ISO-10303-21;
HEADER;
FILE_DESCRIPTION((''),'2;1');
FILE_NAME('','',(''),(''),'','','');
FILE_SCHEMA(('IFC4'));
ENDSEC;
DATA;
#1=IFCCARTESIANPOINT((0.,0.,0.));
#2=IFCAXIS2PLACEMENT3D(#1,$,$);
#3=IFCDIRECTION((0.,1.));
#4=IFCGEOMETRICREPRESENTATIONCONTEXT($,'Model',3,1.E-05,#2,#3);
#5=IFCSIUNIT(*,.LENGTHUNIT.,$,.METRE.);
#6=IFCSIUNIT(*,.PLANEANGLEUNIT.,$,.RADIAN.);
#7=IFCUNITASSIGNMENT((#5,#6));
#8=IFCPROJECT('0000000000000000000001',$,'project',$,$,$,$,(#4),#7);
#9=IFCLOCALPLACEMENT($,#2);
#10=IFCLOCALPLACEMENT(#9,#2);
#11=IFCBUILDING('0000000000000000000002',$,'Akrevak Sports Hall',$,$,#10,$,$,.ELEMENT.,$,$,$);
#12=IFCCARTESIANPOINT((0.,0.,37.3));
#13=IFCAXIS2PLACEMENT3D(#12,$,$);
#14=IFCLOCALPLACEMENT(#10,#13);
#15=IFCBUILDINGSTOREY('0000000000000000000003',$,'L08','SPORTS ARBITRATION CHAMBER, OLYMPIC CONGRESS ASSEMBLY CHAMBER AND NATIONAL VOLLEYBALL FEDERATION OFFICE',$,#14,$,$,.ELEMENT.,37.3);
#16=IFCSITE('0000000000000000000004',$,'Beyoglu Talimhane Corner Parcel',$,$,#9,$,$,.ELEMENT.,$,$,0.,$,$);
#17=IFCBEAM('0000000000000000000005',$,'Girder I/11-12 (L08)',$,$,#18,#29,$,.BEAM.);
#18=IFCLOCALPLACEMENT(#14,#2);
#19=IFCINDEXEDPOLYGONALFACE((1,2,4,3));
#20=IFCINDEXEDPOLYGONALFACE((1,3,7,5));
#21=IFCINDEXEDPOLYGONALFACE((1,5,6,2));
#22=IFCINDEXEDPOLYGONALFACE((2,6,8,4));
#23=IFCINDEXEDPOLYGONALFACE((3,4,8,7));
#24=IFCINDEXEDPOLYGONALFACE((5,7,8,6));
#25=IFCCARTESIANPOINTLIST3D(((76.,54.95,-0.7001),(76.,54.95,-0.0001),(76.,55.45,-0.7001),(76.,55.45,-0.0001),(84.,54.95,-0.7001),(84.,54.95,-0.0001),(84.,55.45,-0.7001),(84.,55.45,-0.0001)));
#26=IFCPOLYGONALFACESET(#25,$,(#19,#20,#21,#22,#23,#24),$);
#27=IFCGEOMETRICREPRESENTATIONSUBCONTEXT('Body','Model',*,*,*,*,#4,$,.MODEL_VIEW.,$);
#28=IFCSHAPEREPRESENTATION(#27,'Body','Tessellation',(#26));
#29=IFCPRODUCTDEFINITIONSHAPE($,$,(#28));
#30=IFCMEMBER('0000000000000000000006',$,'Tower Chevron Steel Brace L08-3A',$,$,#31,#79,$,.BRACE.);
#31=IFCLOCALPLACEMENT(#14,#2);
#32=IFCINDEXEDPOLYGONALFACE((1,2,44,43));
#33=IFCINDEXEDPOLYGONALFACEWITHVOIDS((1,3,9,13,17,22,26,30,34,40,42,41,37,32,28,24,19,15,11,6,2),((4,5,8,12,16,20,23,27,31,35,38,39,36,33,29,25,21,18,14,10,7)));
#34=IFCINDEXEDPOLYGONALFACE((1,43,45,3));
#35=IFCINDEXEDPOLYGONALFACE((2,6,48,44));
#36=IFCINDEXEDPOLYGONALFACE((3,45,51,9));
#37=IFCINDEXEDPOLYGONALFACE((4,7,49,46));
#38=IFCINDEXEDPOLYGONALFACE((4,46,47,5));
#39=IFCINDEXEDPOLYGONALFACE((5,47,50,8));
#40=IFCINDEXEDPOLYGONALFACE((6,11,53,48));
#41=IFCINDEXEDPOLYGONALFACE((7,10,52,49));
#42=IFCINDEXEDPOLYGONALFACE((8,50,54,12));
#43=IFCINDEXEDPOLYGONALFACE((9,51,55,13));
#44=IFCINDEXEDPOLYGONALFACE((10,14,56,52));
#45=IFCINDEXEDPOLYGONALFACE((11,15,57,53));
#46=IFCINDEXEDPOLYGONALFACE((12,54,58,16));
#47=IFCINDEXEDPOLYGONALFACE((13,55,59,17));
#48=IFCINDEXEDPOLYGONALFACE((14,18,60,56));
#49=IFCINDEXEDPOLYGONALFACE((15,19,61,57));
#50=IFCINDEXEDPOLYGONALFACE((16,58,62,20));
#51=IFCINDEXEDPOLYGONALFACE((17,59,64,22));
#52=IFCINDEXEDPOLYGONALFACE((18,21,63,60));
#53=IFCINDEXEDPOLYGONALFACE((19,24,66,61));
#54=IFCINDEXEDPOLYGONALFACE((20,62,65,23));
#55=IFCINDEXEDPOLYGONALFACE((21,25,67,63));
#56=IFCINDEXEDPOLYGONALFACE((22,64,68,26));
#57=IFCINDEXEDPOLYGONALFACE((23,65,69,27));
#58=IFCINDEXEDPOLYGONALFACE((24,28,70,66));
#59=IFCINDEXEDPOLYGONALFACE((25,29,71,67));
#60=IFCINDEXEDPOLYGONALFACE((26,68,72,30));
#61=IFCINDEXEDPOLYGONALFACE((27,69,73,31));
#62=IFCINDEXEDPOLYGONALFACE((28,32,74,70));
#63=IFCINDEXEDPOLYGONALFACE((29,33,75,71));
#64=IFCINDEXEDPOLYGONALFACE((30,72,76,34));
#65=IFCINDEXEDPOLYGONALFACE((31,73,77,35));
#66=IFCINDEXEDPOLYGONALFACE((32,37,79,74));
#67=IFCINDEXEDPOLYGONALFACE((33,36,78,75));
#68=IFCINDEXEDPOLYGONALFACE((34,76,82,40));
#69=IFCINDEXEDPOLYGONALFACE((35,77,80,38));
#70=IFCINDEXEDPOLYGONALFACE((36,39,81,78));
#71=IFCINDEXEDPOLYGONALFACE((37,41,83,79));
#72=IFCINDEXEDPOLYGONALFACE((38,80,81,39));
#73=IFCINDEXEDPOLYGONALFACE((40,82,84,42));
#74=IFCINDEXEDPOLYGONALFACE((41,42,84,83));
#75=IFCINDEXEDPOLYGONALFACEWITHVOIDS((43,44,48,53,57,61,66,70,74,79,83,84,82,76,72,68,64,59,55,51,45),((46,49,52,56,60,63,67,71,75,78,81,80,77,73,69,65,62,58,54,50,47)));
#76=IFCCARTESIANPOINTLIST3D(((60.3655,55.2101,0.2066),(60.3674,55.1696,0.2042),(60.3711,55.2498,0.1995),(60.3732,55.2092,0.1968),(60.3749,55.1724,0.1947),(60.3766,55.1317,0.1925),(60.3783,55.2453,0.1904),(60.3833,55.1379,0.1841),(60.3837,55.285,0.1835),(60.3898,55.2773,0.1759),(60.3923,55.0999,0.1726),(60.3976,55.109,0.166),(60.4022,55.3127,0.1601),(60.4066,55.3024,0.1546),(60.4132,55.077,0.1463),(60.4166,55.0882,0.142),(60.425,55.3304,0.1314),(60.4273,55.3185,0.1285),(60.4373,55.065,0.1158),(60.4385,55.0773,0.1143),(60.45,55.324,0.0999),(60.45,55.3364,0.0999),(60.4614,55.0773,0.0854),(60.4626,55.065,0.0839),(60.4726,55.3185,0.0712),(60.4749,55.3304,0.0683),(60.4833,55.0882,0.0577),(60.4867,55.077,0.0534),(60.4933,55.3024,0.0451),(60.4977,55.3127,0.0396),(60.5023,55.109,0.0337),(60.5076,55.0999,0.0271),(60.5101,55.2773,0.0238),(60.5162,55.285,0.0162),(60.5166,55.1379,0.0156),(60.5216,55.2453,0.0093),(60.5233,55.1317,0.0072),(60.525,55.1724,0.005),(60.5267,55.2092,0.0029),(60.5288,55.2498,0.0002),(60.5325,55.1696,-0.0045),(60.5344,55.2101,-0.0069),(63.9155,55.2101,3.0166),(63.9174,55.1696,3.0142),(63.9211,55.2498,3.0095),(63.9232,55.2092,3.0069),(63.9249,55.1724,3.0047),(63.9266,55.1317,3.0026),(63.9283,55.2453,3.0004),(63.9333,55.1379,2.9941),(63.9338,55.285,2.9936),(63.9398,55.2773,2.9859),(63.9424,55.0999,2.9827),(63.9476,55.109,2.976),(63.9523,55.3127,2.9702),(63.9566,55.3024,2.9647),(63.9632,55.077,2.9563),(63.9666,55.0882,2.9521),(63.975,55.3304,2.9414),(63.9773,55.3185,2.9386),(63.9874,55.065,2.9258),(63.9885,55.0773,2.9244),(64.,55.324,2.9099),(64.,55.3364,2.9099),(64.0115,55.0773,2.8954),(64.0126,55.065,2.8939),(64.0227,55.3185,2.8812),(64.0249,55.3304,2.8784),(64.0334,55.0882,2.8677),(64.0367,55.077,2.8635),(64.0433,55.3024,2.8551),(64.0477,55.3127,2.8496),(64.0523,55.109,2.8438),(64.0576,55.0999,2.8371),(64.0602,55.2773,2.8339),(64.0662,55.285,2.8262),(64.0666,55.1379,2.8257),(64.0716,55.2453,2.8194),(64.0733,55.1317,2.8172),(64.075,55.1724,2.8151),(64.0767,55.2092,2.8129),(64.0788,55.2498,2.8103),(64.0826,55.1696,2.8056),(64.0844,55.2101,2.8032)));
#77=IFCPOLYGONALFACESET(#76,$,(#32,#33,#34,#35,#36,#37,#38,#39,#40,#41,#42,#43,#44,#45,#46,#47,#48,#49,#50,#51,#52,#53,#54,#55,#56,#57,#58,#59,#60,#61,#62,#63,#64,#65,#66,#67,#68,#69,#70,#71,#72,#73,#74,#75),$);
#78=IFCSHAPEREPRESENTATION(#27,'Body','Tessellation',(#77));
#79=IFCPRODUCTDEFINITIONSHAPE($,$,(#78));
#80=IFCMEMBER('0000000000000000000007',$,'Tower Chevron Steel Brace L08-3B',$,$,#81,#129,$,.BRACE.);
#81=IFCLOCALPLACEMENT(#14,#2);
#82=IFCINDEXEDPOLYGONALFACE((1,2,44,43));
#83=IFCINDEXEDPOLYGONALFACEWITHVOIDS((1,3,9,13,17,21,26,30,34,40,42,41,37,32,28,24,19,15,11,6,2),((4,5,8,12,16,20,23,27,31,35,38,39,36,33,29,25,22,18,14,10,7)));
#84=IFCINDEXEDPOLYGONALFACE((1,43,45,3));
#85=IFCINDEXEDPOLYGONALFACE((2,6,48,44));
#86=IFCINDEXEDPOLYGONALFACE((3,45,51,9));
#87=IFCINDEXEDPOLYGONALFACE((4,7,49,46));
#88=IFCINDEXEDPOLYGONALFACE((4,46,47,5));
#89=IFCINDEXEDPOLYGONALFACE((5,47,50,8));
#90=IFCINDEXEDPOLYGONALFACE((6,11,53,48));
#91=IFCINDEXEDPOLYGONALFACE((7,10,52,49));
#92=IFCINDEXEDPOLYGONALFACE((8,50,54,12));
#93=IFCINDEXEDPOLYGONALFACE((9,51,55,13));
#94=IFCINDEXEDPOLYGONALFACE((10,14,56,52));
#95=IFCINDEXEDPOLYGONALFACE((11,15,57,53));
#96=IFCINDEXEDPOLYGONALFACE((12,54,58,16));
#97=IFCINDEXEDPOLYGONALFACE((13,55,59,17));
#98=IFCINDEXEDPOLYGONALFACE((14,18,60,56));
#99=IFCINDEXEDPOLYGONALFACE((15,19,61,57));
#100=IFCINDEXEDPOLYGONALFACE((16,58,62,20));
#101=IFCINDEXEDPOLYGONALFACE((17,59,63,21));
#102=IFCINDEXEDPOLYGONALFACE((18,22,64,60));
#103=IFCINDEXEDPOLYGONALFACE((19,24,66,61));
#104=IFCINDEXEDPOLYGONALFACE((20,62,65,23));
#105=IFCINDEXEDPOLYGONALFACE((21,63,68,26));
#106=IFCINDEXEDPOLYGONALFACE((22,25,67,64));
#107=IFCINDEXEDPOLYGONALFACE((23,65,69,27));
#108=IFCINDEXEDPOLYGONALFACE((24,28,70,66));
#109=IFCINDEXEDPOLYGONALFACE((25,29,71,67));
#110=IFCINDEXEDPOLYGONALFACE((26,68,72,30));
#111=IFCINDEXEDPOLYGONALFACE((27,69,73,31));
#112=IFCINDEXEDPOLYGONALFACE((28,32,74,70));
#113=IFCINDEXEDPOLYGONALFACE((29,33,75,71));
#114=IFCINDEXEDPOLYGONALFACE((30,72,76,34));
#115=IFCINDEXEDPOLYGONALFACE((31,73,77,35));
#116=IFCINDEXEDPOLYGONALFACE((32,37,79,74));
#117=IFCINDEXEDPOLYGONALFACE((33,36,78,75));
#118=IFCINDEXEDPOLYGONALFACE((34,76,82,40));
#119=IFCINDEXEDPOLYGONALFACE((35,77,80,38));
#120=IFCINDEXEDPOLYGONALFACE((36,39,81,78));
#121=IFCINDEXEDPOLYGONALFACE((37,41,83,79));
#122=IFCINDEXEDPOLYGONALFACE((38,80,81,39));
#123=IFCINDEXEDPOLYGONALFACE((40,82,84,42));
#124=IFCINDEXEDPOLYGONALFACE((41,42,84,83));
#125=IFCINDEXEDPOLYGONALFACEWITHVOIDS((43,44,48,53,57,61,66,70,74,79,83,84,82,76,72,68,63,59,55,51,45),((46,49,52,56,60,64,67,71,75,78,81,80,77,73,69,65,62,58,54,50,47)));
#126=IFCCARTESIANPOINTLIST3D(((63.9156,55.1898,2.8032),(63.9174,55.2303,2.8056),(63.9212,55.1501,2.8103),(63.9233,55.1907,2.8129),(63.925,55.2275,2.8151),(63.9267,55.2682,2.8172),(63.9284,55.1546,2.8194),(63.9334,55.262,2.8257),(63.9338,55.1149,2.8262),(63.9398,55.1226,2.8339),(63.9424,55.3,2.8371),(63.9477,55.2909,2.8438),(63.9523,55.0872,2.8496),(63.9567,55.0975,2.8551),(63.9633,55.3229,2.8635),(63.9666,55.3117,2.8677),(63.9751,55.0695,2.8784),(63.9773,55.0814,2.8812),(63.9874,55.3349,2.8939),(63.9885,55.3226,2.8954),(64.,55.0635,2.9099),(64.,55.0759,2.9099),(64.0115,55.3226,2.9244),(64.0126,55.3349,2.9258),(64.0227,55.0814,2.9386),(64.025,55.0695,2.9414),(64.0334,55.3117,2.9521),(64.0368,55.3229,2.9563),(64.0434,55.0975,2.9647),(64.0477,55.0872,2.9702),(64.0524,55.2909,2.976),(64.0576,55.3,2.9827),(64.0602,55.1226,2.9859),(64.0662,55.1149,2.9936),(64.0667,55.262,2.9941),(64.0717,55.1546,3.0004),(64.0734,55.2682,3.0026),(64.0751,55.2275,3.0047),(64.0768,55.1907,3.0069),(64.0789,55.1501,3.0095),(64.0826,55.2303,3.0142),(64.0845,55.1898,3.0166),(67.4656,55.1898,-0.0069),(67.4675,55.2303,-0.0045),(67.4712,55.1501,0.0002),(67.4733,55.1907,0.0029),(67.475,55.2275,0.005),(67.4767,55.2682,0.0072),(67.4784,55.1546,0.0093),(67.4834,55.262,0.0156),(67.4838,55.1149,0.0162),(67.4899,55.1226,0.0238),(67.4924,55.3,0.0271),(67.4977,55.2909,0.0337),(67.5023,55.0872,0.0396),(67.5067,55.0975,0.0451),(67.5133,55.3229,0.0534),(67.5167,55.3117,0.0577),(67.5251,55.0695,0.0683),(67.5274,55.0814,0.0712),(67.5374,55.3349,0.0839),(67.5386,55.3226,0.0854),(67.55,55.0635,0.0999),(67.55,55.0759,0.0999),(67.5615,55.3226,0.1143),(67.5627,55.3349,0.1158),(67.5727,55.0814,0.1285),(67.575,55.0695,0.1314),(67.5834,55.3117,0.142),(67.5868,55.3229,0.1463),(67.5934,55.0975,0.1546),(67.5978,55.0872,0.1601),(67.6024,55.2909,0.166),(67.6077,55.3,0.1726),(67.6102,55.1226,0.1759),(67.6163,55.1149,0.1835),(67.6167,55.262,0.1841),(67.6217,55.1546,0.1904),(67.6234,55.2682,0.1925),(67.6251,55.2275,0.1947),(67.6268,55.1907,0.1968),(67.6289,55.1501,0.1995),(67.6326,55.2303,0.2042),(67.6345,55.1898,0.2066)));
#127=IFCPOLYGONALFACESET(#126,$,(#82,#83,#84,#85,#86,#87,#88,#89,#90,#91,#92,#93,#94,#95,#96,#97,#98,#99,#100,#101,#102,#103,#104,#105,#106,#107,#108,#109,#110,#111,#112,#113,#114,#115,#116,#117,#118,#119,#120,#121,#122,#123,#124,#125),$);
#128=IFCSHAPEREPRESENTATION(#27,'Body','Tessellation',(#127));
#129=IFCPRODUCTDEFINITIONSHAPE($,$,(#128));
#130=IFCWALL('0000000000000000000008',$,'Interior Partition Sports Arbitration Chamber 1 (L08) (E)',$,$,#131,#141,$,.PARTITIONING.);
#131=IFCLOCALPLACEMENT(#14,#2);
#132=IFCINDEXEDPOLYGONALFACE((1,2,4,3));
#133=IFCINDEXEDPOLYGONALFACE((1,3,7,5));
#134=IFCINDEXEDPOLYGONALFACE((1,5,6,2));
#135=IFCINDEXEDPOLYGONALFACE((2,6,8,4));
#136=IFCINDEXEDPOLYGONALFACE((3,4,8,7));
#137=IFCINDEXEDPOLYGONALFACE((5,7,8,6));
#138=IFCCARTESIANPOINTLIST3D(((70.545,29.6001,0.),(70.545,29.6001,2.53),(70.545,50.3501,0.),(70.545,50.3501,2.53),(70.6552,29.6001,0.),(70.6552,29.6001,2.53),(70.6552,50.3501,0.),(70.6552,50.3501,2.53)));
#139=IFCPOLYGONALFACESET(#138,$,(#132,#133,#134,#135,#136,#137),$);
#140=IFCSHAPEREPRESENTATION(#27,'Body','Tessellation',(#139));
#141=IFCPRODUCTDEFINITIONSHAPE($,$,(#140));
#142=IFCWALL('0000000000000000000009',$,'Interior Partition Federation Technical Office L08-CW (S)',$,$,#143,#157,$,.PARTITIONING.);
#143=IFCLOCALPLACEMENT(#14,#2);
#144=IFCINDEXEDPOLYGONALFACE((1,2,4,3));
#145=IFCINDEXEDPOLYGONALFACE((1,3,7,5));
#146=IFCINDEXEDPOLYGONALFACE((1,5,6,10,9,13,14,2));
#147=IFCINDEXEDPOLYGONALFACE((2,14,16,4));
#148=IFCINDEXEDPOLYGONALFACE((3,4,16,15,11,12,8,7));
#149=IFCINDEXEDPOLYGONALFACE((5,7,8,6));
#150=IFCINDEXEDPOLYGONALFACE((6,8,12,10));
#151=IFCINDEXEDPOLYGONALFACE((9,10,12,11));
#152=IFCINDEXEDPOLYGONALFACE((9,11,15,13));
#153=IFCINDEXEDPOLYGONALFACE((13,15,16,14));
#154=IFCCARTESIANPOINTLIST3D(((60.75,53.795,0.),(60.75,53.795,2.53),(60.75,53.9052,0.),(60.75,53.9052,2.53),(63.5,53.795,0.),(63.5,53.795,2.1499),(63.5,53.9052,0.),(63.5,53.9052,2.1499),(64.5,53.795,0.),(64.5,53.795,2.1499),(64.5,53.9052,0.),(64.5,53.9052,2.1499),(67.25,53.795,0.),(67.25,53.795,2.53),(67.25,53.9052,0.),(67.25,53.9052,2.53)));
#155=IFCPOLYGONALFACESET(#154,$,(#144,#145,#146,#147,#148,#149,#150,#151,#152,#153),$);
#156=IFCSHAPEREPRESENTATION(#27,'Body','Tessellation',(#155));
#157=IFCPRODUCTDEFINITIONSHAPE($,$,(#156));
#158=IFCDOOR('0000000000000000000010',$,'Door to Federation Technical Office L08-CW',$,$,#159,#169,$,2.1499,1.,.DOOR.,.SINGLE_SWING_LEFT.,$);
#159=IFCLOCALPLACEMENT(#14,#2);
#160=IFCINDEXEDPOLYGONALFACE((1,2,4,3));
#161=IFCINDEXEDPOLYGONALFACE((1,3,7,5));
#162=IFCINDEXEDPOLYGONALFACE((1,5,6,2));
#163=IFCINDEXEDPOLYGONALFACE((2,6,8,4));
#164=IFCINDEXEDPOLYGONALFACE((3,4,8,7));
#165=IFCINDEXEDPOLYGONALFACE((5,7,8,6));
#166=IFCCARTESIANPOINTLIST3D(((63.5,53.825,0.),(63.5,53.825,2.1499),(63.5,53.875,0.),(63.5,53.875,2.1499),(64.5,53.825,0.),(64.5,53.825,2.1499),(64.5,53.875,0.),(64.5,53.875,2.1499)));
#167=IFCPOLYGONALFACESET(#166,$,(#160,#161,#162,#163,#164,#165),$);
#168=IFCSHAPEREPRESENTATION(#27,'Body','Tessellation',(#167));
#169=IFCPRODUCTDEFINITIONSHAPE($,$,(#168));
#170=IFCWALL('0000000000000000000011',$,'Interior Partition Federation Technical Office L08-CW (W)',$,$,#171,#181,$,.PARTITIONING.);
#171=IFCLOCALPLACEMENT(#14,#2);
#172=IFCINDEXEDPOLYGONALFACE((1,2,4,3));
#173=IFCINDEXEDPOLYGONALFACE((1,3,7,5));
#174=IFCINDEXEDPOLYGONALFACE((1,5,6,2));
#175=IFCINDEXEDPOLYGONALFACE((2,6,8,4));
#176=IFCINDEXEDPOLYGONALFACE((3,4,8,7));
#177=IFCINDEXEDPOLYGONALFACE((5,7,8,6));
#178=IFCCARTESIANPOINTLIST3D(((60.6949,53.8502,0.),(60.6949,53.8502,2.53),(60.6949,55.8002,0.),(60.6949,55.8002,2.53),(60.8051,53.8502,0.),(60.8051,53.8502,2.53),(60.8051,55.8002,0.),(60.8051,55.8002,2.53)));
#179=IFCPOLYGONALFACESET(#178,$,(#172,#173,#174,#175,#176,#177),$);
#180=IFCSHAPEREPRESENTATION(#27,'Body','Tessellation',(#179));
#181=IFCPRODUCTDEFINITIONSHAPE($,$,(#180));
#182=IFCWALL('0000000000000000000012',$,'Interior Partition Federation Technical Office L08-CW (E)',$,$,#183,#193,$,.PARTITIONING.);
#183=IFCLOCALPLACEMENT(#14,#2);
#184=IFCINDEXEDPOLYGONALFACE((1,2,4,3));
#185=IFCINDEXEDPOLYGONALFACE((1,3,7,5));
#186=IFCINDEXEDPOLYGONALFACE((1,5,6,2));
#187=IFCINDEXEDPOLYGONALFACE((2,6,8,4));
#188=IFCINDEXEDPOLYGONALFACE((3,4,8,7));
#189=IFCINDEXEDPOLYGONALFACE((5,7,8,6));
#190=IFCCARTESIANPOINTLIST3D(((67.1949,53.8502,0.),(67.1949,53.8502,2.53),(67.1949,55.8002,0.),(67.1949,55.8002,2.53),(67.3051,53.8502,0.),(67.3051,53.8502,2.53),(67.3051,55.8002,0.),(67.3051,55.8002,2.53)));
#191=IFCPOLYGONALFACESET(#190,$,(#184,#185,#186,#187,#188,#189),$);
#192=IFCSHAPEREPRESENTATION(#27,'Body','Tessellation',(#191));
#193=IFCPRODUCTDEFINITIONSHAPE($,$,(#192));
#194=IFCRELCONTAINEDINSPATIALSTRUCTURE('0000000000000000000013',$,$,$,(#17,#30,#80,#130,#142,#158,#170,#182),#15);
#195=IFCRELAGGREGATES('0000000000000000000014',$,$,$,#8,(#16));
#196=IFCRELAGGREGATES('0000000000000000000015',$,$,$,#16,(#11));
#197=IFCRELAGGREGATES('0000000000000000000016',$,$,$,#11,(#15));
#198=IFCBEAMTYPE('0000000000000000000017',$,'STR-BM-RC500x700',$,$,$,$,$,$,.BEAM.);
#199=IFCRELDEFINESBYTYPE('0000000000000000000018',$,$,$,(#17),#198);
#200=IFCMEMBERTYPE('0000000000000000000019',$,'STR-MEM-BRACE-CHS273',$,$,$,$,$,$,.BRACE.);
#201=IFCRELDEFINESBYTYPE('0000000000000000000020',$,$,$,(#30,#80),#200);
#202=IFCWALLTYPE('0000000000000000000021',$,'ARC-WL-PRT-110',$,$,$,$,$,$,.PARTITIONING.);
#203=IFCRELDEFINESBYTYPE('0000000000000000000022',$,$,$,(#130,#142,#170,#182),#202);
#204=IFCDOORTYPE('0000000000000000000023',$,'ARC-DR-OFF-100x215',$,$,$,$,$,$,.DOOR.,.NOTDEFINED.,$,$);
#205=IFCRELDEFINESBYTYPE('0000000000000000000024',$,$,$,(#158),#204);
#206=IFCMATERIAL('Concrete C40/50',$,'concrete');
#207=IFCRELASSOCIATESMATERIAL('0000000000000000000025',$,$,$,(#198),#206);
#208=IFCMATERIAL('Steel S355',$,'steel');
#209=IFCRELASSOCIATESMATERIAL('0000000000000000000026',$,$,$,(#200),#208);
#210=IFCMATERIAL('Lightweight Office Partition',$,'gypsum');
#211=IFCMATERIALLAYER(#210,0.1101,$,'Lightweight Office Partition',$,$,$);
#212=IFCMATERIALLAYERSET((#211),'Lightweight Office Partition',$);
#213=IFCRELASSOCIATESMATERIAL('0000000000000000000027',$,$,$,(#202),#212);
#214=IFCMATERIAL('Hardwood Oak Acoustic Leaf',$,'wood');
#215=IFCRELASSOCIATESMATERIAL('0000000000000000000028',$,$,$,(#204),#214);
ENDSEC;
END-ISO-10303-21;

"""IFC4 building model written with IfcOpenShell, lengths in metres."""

from ifc_helpers import new_model, si_unit, direction, frame, frame_2d, origin, origin_2d, place, context, subcontext, project, spatial, rectangle, hollow_circle, extrude, material, layer, layer_set, material_profile, profile_set, type_object, element, fill, save


model = new_model("IFC4")

# Units and contexts
model_context = context("Model", 3, precision=1e-05, world=origin(), true_north=direction((0.0, 1.0)))
body_context = subcontext(model_context, "Body", "Model", "MODEL_VIEW")
ifc_project = project(units=[si_unit("LENGTHUNIT", "METRE"), si_unit("PLANEANGLEUNIT", "RADIAN")], contexts=[model_context])

# Site, building, storey
site_placement = place(None, origin())
site = spatial("IfcSite", under=ifc_project, at=site_placement, Name="Beyoglu Talimhane Corner Parcel", CompositionType="ELEMENT", RefElevation=0.0)
building_placement = place(site_placement, origin())
building = spatial("IfcBuilding", under=site, at=building_placement, Name="Akrevak Sports Hall", CompositionType="ELEMENT")
storey_placement = place(building_placement, frame((0.0, 0.0, 37.3)))
storey = spatial("IfcBuildingStorey", under=building, at=storey_placement, Name="L08", Description="SPORTS ARBITRATION CHAMBER, OLYMPIC CONGRESS ASSEMBLY CHAMBER AND NATIONAL VOLLEYBALL FEDERATION OFFICE", CompositionType="ELEMENT", Elevation=37.3)

# Shared definitions
ifc_material_1 = material(Name="Concrete C40/50", Category="concrete")

# Beam
ifc_material_profile_1 = material_profile(ifc_material_1, rectangle(XDim=0.5, YDim=0.7, at=origin_2d()), Name="BM 500x700", Category="concrete")
ifc_profile_set_1 = profile_set([ifc_material_profile_1], Name="Concrete C40/50")
beam_type_1 = type_object("IfcBeamType", Name="STR-BM-RC500x700", PredefinedType="BEAM", material=ifc_profile_set_1)
for number, where, z_axis, x_axis, name in (
    (1, (76.0, 55.2, -0.3501), (1.0, 0.0, 0.0), (0.0, 1.0, 0.0), "Girder I/11-12 (L08)"),
):
    element("IfcBeam", number, at=place(storey_placement, frame(where, z_axis=z_axis, x_axis=x_axis)), inside=storey, type_object=beam_type_1, Name=name, PredefinedType="BEAM", context=body_context, shape_type="SweptSolid", body=[
        extrude(rectangle(XDim=0.5, YDim=0.7, at=origin_2d()), origin(), (0.0, 0.0, 1.0), 8.0),
    ])

# Members
ifc_material_2 = material(Name="Steel S355", Category="steel")
ifc_material_profile_2 = material_profile(ifc_material_2, hollow_circle(Radius=0.1365, WallThickness=0.0125, at=origin_2d()), Name="CHS 273x12.5", Category="steel")
ifc_profile_set_2 = profile_set([ifc_material_profile_2], Name="Steel S355")
member_type_1 = type_object("IfcMemberType", Name="STR-MEM-BRACE-CHS273", PredefinedType="BRACE", material=ifc_profile_set_2)
for number, where, z_axis, x_axis, name in (
    (2, (60.45, 55.2, 0.0999), (0.784088, 0.0, 0.620649), (0.0, 1.0, 0.0), "Tower Chevron Steel Brace L08-3A"),
    (3, (67.55, 55.2, 0.0999), (-0.784088, 0.0, 0.620649), (0.0, -1.0, 0.0), "Tower Chevron Steel Brace L08-3B"),
):
    element("IfcMember", number, at=place(storey_placement, frame(where, z_axis=z_axis, x_axis=x_axis)), inside=storey, type_object=member_type_1, Name=name, PredefinedType="BRACE", context=body_context, shape_type="SweptSolid", body=[
        extrude(hollow_circle(Radius=0.1365, WallThickness=0.0125, at=origin_2d()), origin(), (0.0, 0.0, 1.0), 4.5276),
    ])

# Wall
ifc_material_3 = material(Name="Lightweight Office Partition", Category="gypsum")
ifc_layer_1 = layer(ifc_material_3, 0.1101, Name="Lightweight Office Partition")
ifc_layer_set_1 = layer_set([ifc_layer_1], Name="Lightweight Office Partition")
wall_type_1 = type_object("IfcWallType", Name="ARC-WL-PRT-110", PredefinedType="PARTITIONING", material=ifc_layer_set_1)
wall_1_placement = place(storey_placement, frame((70.6001, 29.6001, 0.0), z_axis=(0.0, 0.0, 1.0), x_axis=(0.0, 1.0, 0.0)))
element("IfcWall", 4, at=wall_1_placement, inside=storey, type_object=wall_type_1, Name="Interior Partition Sports Arbitration Chamber 1 (L08) (E)", PredefinedType="PARTITIONING", context=body_context, shape_type="SweptSolid", body=[
    extrude(rectangle(XDim=20.75, YDim=0.1101, at=frame_2d((10.375, 0.0))), origin(), (0.0, 0.0, 1.0), 2.53),
])

# Wall, opening, door
wall_2_placement = place(storey_placement, frame((60.75, 53.8501, 0.0), z_axis=(0.0, 0.0, 1.0), x_axis=(1.0, 0.0, 0.0)))
wall_2 = element("IfcWall", 5, at=wall_2_placement, inside=storey, type_object=wall_type_1, Name="Interior Partition Federation Technical Office L08-CW (S)", PredefinedType="PARTITIONING", context=body_context, shape_type="SweptSolid", body=[
    extrude(rectangle(XDim=6.5, YDim=0.1101, at=frame_2d((3.25, 0.0))), origin(), (0.0, 0.0, 1.0), 2.53),
])
opening_1_placement = place(wall_2_placement, frame((2.75, 0.0, 0.0)))
opening_1 = element("IfcOpeningElement", 6, at=opening_1_placement, cuts=wall_2, PredefinedType="OPENING", context=body_context, shape_type="SweptSolid", body=[
    extrude(rectangle(XDim=1.0, YDim=2.1499, at=frame_2d((0.5, 1.075))), frame((0.0, 0.0669, 0.0), z_axis=(0.0, -1.0, 0.0), x_axis=(1.0, 0.0, 0.0)), (0.0, 0.0, 1.0), 0.134),
])
ifc_material_4 = material(Name="Hardwood Oak Acoustic Leaf", Category="wood")
door_type_1 = type_object("IfcDoorType", Name="ARC-DR-OFF-100x215", OperationType="NOTDEFINED", PredefinedType="DOOR", material=ifc_material_4)
door_1_placement = place(opening_1_placement, origin())
door_1 = element("IfcDoor", 7, at=door_1_placement, inside=storey, type_object=door_type_1, Name="Door to Federation Technical Office L08-CW", OperationType="SINGLE_SWING_LEFT", OverallHeight=2.1499, OverallWidth=1.0, PredefinedType="DOOR", context=body_context, shape_type="SweptSolid", body=[
    extrude(rectangle(XDim=1.0, YDim=2.1499, at=frame_2d((0.5, 1.075))), frame((0.0, 0.0249, 0.0), z_axis=(0.0, -1.0, 0.0), x_axis=(1.0, 0.0, 0.0)), (0.0, 0.0, 1.0), 0.05),
])
fill(opening_1, door_1)

# Walls
for number, where, z_axis, x_axis, name in (
    (8, (60.75, 53.8501, 0.0), (0.0, 0.0, 1.0), (0.0, 1.0, 0.0), "Interior Partition Federation Technical Office L08-CW (W)"),
    (9, (67.25, 53.8501, 0.0), (0.0, 0.0, 1.0), (0.0, 1.0, 0.0), "Interior Partition Federation Technical Office L08-CW (E)"),
):
    element("IfcWall", number, at=place(storey_placement, frame(where, z_axis=z_axis, x_axis=x_axis)), inside=storey, type_object=wall_type_1, Name=name, PredefinedType="PARTITIONING", context=body_context, shape_type="SweptSolid", body=[
        extrude(rectangle(XDim=1.95, YDim=0.1101, at=frame_2d((0.9751, 0.0))), origin(), (0.0, 0.0, 1.0), 2.53),
    ])

save(model, "model.ifc")
